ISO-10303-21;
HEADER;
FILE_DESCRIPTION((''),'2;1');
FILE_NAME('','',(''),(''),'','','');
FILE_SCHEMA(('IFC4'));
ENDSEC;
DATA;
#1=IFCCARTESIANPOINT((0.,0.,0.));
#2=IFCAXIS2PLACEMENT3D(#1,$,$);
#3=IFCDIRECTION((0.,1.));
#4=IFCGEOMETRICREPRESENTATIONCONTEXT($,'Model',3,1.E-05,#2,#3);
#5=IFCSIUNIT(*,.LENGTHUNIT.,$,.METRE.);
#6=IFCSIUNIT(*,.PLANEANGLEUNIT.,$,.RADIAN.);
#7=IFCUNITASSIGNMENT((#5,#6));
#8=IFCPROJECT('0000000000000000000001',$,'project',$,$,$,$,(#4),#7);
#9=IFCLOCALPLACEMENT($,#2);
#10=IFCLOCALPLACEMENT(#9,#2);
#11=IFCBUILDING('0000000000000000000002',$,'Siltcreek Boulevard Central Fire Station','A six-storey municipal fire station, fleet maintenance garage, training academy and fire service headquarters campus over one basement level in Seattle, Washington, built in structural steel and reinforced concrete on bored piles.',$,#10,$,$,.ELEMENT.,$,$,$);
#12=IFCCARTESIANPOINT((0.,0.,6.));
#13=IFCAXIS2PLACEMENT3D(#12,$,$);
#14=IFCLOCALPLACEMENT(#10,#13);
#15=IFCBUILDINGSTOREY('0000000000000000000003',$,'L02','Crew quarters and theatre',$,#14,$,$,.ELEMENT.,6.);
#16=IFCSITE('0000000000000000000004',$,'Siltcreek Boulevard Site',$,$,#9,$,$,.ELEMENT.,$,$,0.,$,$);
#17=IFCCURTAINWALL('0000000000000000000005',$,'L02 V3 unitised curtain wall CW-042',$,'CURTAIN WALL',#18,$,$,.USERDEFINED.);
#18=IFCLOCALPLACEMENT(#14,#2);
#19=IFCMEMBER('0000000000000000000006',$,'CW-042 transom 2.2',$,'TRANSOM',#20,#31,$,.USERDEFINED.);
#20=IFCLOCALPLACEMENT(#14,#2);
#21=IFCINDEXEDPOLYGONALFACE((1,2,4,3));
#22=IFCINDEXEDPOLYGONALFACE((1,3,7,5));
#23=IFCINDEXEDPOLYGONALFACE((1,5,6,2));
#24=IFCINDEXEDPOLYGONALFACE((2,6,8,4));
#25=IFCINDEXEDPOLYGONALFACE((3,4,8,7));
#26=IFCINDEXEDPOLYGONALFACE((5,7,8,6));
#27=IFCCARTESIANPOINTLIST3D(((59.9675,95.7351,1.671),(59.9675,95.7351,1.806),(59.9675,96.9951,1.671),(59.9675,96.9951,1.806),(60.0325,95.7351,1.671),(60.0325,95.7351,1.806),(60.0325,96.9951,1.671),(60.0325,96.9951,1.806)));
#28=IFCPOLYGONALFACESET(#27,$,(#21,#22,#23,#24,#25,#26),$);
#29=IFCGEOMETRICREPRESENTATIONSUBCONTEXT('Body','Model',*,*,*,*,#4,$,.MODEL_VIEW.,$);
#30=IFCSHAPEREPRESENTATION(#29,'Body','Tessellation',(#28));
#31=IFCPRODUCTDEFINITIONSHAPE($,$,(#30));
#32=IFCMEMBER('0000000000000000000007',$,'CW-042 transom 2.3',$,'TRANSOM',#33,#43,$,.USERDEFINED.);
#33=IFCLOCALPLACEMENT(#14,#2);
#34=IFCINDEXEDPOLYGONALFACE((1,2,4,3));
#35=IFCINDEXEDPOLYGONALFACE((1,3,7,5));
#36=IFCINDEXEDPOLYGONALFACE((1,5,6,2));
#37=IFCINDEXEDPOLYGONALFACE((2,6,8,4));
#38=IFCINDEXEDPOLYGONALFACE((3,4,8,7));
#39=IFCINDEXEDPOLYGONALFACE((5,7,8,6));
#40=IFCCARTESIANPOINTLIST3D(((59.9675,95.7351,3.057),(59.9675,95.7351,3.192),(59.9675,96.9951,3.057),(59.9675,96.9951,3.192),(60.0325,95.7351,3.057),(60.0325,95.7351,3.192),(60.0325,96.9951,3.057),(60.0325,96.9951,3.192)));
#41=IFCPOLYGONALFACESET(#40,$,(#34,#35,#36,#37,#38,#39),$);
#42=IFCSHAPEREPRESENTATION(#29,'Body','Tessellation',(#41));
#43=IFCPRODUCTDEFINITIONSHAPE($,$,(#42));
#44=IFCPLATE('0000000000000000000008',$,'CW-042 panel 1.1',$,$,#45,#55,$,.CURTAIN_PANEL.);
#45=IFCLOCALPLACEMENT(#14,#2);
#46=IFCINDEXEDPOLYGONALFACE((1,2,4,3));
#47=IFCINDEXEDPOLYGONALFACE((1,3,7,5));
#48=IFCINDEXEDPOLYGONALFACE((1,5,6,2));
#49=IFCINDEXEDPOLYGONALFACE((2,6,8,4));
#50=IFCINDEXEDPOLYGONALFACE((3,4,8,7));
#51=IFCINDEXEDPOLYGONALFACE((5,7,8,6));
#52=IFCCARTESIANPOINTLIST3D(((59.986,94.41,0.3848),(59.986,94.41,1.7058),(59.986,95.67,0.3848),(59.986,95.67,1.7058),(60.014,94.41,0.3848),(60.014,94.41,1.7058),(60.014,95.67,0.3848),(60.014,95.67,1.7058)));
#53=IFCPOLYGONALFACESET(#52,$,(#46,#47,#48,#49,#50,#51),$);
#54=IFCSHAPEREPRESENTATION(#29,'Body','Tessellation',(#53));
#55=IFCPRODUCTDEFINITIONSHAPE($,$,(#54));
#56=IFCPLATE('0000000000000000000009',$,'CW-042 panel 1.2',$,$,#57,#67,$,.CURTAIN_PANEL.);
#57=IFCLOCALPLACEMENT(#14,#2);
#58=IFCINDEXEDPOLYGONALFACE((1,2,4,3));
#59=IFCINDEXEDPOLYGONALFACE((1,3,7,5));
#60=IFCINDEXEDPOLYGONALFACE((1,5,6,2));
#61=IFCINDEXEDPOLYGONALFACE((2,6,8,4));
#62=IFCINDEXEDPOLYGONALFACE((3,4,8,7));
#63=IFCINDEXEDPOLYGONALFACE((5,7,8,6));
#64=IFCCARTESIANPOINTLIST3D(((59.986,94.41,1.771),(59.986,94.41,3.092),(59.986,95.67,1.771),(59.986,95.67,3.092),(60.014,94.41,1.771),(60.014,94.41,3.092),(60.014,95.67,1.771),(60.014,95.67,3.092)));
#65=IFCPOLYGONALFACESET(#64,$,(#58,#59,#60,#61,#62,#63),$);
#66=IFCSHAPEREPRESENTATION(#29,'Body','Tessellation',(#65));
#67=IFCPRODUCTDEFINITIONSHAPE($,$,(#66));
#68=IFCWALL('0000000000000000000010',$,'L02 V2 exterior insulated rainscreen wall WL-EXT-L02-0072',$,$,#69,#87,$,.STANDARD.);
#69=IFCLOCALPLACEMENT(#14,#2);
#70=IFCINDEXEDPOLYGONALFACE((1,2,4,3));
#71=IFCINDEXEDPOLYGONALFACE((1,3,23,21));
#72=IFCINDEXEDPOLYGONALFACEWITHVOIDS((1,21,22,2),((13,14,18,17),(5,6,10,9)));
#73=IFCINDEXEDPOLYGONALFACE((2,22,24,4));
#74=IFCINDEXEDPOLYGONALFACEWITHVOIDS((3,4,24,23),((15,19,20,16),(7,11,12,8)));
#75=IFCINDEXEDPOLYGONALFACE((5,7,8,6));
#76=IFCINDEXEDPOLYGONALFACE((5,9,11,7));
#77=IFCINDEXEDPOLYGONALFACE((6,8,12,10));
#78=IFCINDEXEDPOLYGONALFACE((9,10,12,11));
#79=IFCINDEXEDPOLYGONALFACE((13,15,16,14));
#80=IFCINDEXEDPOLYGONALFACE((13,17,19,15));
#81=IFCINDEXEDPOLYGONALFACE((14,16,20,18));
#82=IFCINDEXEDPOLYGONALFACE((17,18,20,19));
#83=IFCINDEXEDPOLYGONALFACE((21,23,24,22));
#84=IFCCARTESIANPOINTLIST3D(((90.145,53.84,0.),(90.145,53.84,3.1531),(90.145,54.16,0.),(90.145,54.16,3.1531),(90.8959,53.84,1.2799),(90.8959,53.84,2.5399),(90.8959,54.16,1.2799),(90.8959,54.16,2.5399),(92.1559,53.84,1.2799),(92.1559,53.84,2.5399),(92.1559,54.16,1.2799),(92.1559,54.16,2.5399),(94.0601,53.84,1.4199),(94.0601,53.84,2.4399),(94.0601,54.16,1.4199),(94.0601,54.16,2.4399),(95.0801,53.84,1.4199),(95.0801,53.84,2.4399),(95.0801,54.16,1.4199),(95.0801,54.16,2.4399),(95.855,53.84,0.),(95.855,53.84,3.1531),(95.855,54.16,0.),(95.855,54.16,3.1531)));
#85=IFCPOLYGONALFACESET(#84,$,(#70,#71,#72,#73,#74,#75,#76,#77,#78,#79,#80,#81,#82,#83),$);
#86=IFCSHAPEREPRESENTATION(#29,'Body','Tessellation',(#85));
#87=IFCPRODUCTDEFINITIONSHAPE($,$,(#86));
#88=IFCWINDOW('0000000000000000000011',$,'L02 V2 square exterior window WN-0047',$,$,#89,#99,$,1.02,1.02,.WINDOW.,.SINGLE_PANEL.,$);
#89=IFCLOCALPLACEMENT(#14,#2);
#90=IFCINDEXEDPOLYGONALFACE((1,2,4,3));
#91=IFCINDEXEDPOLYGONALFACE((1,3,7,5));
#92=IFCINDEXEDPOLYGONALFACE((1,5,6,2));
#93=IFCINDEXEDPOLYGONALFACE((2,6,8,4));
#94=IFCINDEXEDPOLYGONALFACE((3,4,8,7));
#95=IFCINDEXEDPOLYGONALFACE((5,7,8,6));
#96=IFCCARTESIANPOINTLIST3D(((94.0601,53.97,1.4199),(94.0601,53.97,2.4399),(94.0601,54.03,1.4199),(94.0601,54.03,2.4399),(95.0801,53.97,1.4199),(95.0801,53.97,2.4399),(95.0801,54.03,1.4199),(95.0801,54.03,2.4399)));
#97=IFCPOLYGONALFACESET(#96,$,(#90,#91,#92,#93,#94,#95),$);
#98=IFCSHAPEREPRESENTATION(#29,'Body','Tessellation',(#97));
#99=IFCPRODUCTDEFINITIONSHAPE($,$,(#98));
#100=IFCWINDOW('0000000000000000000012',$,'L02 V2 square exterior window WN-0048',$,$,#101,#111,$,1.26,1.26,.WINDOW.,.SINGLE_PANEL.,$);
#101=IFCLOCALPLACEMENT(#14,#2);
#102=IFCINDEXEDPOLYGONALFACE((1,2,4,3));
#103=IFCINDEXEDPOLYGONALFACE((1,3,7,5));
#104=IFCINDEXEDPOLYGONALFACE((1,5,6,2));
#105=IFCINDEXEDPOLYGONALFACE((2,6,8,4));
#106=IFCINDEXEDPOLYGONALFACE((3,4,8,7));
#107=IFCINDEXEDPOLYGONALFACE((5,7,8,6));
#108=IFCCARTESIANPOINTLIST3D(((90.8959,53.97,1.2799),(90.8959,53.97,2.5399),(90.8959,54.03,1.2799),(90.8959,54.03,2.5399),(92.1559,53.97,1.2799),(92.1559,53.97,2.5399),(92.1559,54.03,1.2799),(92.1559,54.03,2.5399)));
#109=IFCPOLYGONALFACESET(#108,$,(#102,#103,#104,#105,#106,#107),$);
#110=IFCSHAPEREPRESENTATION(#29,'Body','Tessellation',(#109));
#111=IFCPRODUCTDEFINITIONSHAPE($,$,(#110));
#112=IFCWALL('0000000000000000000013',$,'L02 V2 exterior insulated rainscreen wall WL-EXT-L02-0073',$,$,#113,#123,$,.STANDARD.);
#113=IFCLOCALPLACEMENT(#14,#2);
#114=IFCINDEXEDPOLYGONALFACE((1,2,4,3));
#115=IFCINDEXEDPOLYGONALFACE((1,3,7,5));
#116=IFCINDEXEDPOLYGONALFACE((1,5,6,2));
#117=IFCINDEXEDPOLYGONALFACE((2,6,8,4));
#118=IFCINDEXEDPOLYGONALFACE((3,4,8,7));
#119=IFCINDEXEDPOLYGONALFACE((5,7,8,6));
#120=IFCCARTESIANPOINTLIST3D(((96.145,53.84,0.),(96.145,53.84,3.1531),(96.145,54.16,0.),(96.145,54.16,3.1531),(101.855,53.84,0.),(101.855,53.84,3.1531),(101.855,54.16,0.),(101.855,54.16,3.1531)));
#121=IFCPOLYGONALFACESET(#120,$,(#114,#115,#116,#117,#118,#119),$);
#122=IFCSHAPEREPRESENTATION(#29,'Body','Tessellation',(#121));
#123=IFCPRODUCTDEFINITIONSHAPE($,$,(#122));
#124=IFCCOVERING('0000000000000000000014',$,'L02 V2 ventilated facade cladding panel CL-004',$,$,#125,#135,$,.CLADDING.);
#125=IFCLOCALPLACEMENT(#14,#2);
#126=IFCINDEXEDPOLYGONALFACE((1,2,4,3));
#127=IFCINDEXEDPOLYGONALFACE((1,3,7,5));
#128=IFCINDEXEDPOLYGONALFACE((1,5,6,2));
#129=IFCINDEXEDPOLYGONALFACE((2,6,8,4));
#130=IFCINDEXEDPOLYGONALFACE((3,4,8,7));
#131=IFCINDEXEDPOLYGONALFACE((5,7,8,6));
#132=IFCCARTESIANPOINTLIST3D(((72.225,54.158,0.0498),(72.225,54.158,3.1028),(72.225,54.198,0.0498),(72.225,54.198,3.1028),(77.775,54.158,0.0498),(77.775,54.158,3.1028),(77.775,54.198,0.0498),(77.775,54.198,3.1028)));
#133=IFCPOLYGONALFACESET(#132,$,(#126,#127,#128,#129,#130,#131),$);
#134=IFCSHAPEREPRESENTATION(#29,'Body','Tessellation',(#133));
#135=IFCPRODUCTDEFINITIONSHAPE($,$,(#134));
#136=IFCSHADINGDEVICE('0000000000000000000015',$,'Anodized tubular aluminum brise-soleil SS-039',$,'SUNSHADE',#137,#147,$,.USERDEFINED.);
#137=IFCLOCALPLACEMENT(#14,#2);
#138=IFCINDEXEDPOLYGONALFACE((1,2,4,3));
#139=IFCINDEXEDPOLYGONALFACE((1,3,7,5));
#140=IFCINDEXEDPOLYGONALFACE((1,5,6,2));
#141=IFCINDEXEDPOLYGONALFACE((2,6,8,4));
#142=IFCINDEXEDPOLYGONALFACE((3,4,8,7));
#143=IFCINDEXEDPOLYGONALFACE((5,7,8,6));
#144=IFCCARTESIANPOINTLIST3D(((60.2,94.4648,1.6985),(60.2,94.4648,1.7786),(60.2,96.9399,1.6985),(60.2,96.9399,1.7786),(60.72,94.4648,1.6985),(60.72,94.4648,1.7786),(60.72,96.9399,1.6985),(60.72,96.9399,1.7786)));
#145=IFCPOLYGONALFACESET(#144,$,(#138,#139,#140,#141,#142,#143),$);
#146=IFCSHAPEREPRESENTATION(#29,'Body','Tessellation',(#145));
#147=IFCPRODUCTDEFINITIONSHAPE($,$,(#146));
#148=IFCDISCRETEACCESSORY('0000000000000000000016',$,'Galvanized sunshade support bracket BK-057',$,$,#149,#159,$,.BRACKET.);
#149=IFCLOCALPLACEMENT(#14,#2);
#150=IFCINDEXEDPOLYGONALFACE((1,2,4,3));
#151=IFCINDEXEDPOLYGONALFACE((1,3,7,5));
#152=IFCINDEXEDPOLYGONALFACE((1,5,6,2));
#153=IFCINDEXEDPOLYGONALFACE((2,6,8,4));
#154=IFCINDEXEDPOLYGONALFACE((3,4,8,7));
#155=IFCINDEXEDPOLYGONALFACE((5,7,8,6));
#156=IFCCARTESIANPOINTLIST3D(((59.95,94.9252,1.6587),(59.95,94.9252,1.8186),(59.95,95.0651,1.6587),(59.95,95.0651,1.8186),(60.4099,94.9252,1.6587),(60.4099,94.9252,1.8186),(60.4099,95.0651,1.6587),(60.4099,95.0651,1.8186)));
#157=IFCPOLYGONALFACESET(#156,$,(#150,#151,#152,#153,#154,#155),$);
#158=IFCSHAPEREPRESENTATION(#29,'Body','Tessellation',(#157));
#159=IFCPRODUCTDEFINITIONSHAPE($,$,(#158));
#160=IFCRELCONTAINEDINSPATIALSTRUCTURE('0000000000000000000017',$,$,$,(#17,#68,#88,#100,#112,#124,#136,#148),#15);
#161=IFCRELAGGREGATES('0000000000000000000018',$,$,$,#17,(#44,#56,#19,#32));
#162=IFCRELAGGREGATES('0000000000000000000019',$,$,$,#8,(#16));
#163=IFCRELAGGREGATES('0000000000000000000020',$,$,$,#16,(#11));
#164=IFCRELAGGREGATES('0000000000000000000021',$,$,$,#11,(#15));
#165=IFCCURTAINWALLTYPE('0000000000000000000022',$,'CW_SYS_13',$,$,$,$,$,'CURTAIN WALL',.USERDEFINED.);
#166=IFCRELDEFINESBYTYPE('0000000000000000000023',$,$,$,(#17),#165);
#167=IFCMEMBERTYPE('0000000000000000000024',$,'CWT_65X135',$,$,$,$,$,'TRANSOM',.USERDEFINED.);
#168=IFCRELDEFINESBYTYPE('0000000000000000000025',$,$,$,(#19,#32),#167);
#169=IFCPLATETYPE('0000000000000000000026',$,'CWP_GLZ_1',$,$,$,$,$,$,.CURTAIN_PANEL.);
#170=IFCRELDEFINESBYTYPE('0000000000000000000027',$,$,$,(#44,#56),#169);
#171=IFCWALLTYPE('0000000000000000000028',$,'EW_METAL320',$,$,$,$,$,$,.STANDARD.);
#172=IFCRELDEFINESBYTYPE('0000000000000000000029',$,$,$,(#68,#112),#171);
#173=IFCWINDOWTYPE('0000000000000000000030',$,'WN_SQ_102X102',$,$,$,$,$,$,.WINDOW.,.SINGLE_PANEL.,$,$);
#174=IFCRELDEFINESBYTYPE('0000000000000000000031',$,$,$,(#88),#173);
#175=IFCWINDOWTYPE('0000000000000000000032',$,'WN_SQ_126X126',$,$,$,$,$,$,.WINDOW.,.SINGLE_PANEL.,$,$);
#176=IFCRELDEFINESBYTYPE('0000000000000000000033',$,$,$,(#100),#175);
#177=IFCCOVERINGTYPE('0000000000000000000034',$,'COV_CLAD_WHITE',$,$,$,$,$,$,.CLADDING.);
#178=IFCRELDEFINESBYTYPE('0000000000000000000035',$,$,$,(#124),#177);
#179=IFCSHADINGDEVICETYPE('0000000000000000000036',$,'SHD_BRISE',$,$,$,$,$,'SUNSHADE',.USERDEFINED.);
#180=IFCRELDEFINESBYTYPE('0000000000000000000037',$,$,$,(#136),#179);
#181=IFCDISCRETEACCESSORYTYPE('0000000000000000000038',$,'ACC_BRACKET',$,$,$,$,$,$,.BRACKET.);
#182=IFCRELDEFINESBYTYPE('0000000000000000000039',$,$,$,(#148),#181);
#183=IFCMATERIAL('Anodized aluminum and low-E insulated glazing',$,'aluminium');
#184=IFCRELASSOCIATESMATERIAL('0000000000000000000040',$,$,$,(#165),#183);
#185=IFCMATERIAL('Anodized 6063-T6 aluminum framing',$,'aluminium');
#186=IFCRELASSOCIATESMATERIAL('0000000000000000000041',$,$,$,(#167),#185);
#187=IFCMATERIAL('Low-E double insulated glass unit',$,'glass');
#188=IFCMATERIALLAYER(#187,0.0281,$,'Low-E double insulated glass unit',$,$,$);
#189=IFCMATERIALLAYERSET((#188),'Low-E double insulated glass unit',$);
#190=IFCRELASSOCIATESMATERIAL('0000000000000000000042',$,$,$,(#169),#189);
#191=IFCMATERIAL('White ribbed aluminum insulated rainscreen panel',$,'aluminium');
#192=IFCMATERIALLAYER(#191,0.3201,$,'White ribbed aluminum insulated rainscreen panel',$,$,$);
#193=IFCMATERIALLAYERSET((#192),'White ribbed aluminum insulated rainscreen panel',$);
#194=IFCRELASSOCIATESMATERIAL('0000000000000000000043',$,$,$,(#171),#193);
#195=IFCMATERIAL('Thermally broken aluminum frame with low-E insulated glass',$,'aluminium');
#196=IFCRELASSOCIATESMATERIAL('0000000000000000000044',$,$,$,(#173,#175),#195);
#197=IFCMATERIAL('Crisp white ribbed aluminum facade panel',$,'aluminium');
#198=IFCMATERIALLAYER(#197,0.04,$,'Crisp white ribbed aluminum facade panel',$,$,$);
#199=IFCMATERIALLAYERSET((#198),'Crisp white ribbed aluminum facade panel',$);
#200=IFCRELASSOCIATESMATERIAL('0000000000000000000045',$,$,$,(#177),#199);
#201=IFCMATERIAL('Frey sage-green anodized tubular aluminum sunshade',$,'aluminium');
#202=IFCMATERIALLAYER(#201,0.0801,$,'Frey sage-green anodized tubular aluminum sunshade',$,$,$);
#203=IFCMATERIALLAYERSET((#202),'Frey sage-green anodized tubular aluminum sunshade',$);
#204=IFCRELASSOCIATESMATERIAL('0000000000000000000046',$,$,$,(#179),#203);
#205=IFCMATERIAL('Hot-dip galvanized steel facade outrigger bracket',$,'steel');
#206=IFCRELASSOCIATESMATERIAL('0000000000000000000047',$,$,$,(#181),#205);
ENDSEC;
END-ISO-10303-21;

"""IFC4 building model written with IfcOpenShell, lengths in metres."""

from ifc_helpers import new_model, si_unit, direction, frame, frame_2d, origin, origin_2d, place, context, subcontext, project, spatial, rectangle, extrude, material, layer, layer_set, material_profile, profile_set, type_object, element, fill, aggregate, save


model = new_model("IFC4")

# Units and contexts
model_context = context("Model", 3, precision=1e-05, world=origin(), true_north=direction((0.0, 1.0)))
body_context = subcontext(model_context, "Body", "Model", "MODEL_VIEW")
ifc_project = project(units=[si_unit("LENGTHUNIT", "METRE"), si_unit("PLANEANGLEUNIT", "RADIAN")], contexts=[model_context])

# Site, building, storey
site_placement = place(None, origin())
site = spatial("IfcSite", under=ifc_project, at=site_placement, Name="Siltcreek Boulevard Site", CompositionType="ELEMENT", RefElevation=0.0)
building_placement = place(site_placement, origin())
building = spatial("IfcBuilding", under=site, at=building_placement, Name="Siltcreek Boulevard Central Fire Station", Description="A six-storey municipal fire station, fleet maintenance garage, training academy and fire service headquarters campus over one basement level in Seattle, Washington, built in structural steel and reinforced concrete on bored piles.", CompositionType="ELEMENT")
storey_placement = place(building_placement, frame((0.0, 0.0, 6.0)))
storey = spatial("IfcBuildingStorey", under=building, at=storey_placement, Name="L02", Description="Crew quarters and theatre", CompositionType="ELEMENT", Elevation=6.0)

# Curtain wall, members, plates
ifc_material_1 = material(Name="Anodized aluminum and low-E insulated glazing", Category="aluminium")
curtain_wall_type = type_object("IfcCurtainWallType", Name="CW_SYS_13", ElementType="CURTAIN WALL", PredefinedType="USERDEFINED", material=ifc_material_1)
curtain_wall_placement = place(storey_placement, origin())
curtain_wall = element("IfcCurtainWall", 1, at=curtain_wall_placement, inside=storey, type_object=curtain_wall_type, Name="L02 V3 unitised curtain wall CW-042", ObjectType="CURTAIN WALL", PredefinedType="USERDEFINED")
ifc_material_2 = material(Name="Anodized 6063-T6 aluminum framing", Category="aluminium")
ifc_material_profile_1 = material_profile(ifc_material_2, rectangle(XDim=0.0649, YDim=0.135, at=origin_2d()), Name="TRAN65X135")
ifc_profile_set_1 = profile_set([ifc_material_profile_1], Name="Anodized 6063-T6 aluminum framing")
member_type_1 = type_object("IfcMemberType", Name="CWT_65X135", ElementType="TRANSOM", PredefinedType="USERDEFINED", material=ifc_profile_set_1)
member_1_placement = place(storey_placement, frame((60.0, 95.7351, 1.7385), z_axis=(0.0, 1.0, 0.0), x_axis=(-1.0, 0.0, 0.0)))
member_1 = element("IfcMember", 2, at=member_1_placement, type_object=member_type_1, Name="CW-042 transom 2.2", ObjectType="TRANSOM", PredefinedType="USERDEFINED", context=body_context, shape_type="SweptSolid", body=[
    extrude(rectangle(XDim=0.0649, YDim=0.135, at=origin_2d()), origin(), (0.0, 0.0, 1.0), 1.26),
])
member_2_placement = place(storey_placement, frame((60.0, 95.7351, 3.1245), z_axis=(0.0, 1.0, 0.0), x_axis=(-1.0, 0.0, 0.0)))
member_2 = element("IfcMember", 3, at=member_2_placement, type_object=member_type_1, Name="CW-042 transom 2.3", ObjectType="TRANSOM", PredefinedType="USERDEFINED", context=body_context, shape_type="SweptSolid", body=[
    extrude(rectangle(XDim=0.0649, YDim=0.135, at=origin_2d()), origin(), (0.0, 0.0, 1.0), 1.26),
])
ifc_material_3 = material(Name="Low-E double insulated glass unit", Category="glass")
ifc_layer_1 = layer(ifc_material_3, 0.0281, Name="Low-E double insulated glass unit")
ifc_layer_set_1 = layer_set([ifc_layer_1], Name="Low-E double insulated glass unit")
plate_type = type_object("IfcPlateType", Name="CWP_GLZ_1", PredefinedType="CURTAIN_PANEL", material=ifc_layer_set_1)
plate_1_placement = place(storey_placement, frame((60.0, 95.04, 0.3848), z_axis=(0.0, 0.0, 1.0), x_axis=(0.0, 1.0, 0.0)))
plate_1 = element("IfcPlate", 4, at=plate_1_placement, type_object=plate_type, Name="CW-042 panel 1.1", PredefinedType="CURTAIN_PANEL", context=body_context, shape_type="SweptSolid", body=[
    extrude(rectangle(XDim=1.26, YDim=0.0281, at=origin_2d()), origin(), (0.0, 0.0, 1.0), 1.321),
])
plate_2_placement = place(storey_placement, frame((60.0, 95.04, 1.771), z_axis=(0.0, 0.0, 1.0), x_axis=(0.0, 1.0, 0.0)))
plate_2 = element("IfcPlate", 5, at=plate_2_placement, type_object=plate_type, Name="CW-042 panel 1.2", PredefinedType="CURTAIN_PANEL", context=body_context, shape_type="SweptSolid", body=[
    extrude(rectangle(XDim=1.26, YDim=0.0281, at=origin_2d()), origin(), (0.0, 0.0, 1.0), 1.321),
])
aggregate(curtain_wall, [plate_1, plate_2, member_1, member_2])

# Wall, openings, windows
ifc_material_4 = material(Name="White ribbed aluminum insulated rainscreen panel", Category="aluminium")
ifc_layer_2 = layer(ifc_material_4, 0.3201, Name="White ribbed aluminum insulated rainscreen panel")
ifc_layer_set_2 = layer_set([ifc_layer_2], Name="White ribbed aluminum insulated rainscreen panel")
wall_type = type_object("IfcWallType", Name="EW_METAL320", PredefinedType="STANDARD", material=ifc_layer_set_2)
wall_1_placement = place(storey_placement, frame((95.855, 54.0, 0.0), z_axis=(0.0, 0.0, 1.0), x_axis=(-1.0, 0.0, 0.0)))
wall_1 = element("IfcWall", 6, at=wall_1_placement, inside=storey, type_object=wall_type, Name="L02 V2 exterior insulated rainscreen wall WL-EXT-L02-0072", PredefinedType="STANDARD", context=body_context, shape_type="SweptSolid", body=[
    extrude(rectangle(XDim=5.71, YDim=0.3201, at=frame_2d((2.855, 0.0))), origin(), (0.0, 0.0, 1.0), 3.1531),
])
opening_1_placement = place(wall_1_placement, frame((0.7749, 0.0, 1.4199)))
opening_1 = element("IfcOpeningElement", 7, at=opening_1_placement, cuts=wall_1, PredefinedType="OPENING", context=body_context, shape_type="SweptSolid", body=[
    extrude(rectangle(XDim=1.02, YDim=1.02, at=frame_2d((0.51, 0.51))), frame((0.0, 0.1699, 0.0), z_axis=(0.0, -1.0, 0.0), x_axis=(1.0, 0.0, 0.0)), (0.0, 0.0, 1.0), 0.3401),
])
opening_2_placement = place(wall_1_placement, frame((3.6992, 0.0, 1.28)))
opening_2 = element("IfcOpeningElement", 8, at=opening_2_placement, cuts=wall_1, PredefinedType="OPENING", context=body_context, shape_type="SweptSolid", body=[
    extrude(rectangle(XDim=1.26, YDim=1.26, at=frame_2d((0.6299, 0.6299))), frame((0.0, 0.1699, 0.0), z_axis=(0.0, -1.0, 0.0), x_axis=(1.0, 0.0, 0.0)), (0.0, 0.0, 1.0), 0.3401),
])
ifc_material_5 = material(Name="Thermally broken aluminum frame with low-E insulated glass", Category="aluminium")
window_type_1 = type_object("IfcWindowType", Name="WN_SQ_102X102", PartitioningType="SINGLE_PANEL", PredefinedType="WINDOW", material=ifc_material_5)
window_1_placement = place(opening_1_placement, origin())
window_1 = element("IfcWindow", 9, at=window_1_placement, inside=storey, type_object=window_type_1, Name="L02 V2 square exterior window WN-0047", OverallHeight=1.02, OverallWidth=1.02, PartitioningType="SINGLE_PANEL", PredefinedType="WINDOW", context=body_context, shape_type="SweptSolid", body=[
    extrude(rectangle(XDim=1.02, YDim=1.02, at=frame_2d((0.51, 0.51))), frame((0.0, 0.03, 0.0), z_axis=(0.0, -1.0, 0.0), x_axis=(1.0, 0.0, 0.0)), (0.0, 0.0, 1.0), 0.0601),
])
fill(opening_1, window_1)
window_type_2 = type_object("IfcWindowType", Name="WN_SQ_126X126", PartitioningType="SINGLE_PANEL", PredefinedType="WINDOW", material=ifc_material_5)
window_2_placement = place(opening_2_placement, origin())
window_2 = element("IfcWindow", 10, at=window_2_placement, inside=storey, type_object=window_type_2, Name="L02 V2 square exterior window WN-0048", OverallHeight=1.26, OverallWidth=1.26, PartitioningType="SINGLE_PANEL", PredefinedType="WINDOW", context=body_context, shape_type="SweptSolid", body=[
    extrude(rectangle(XDim=1.26, YDim=1.26, at=frame_2d((0.6299, 0.6299))), frame((0.0, 0.03, 0.0), z_axis=(0.0, -1.0, 0.0), x_axis=(1.0, 0.0, 0.0)), (0.0, 0.0, 1.0), 0.0601),
])
fill(opening_2, window_2)

# Wall
wall_2_placement = place(storey_placement, frame((101.855, 54.0, 0.0), z_axis=(0.0, 0.0, 1.0), x_axis=(-1.0, 0.0, 0.0)))
element("IfcWall", 11, at=wall_2_placement, inside=storey, type_object=wall_type, Name="L02 V2 exterior insulated rainscreen wall WL-EXT-L02-0073", PredefinedType="STANDARD", context=body_context, shape_type="SweptSolid", body=[
    extrude(rectangle(XDim=5.71, YDim=0.3201, at=frame_2d((2.855, 0.0))), origin(), (0.0, 0.0, 1.0), 3.1531),
])

# Covering
ifc_material_6 = material(Name="Crisp white ribbed aluminum facade panel", Category="aluminium")
ifc_layer_3 = layer(ifc_material_6, 0.04, Name="Crisp white ribbed aluminum facade panel")
ifc_layer_set_3 = layer_set([ifc_layer_3], Name="Crisp white ribbed aluminum facade panel")
covering_type = type_object("IfcCoveringType", Name="COV_CLAD_WHITE", PredefinedType="CLADDING", material=ifc_layer_set_3)
covering_placement = place(storey_placement, frame((75.0, 54.178, 0.0498), z_axis=(0.0, 0.0, 1.0), x_axis=(-1.0, 0.0, 0.0)))
element("IfcCovering", 12, at=covering_placement, inside=storey, type_object=covering_type, Name="L02 V2 ventilated facade cladding panel CL-004", PredefinedType="CLADDING", context=body_context, shape_type="SweptSolid", body=[
    extrude(rectangle(XDim=5.55, YDim=0.04, at=origin_2d()), origin(), (0.0, 0.0, 1.0), 3.053),
])

# Shading device
ifc_material_7 = material(Name="Frey sage-green anodized tubular aluminum sunshade", Category="aluminium")
ifc_layer_4 = layer(ifc_material_7, 0.0801, Name="Frey sage-green anodized tubular aluminum sunshade")
ifc_layer_set_4 = layer_set([ifc_layer_4], Name="Frey sage-green anodized tubular aluminum sunshade")
shading_device_type = type_object("IfcShadingDeviceType", Name="SHD_BRISE", ElementType="SUNSHADE", PredefinedType="USERDEFINED", material=ifc_layer_set_4)
shading_device_placement = place(storey_placement, frame((60.46, 95.7024, 1.6985), z_axis=(0.0, 0.0, 1.0), x_axis=(0.0, 1.0, 0.0)))
element("IfcShadingDevice", 13, at=shading_device_placement, inside=storey, type_object=shading_device_type, Name="Anodized tubular aluminum brise-soleil SS-039", ObjectType="SUNSHADE", PredefinedType="USERDEFINED", context=body_context, shape_type="SweptSolid", body=[
    extrude(rectangle(XDim=2.4751, YDim=0.52, at=origin_2d()), origin(), (0.0, 0.0, 1.0), 0.0801),
])

# Discrete accessory
ifc_material_8 = material(Name="Hot-dip galvanized steel facade outrigger bracket", Category="steel")
discrete_accessory_type = type_object("IfcDiscreteAccessoryType", Name="ACC_BRACKET", PredefinedType="BRACKET", material=ifc_material_8)
discrete_accessory_placement = place(storey_placement, frame((60.1799, 94.9951, 1.6587), z_axis=(0.0, 0.0, 1.0), x_axis=(0.0, 1.0, 0.0)))
element("IfcDiscreteAccessory", 14, at=discrete_accessory_placement, inside=storey, type_object=discrete_accessory_type, Name="Galvanized sunshade support bracket BK-057", PredefinedType="BRACKET", context=body_context, shape_type="SweptSolid", body=[
    extrude(rectangle(XDim=0.1399, YDim=0.46, at=origin_2d()), origin(), (0.0, 0.0, 1.0), 0.1599),
])

save(model, "model.ifc")
